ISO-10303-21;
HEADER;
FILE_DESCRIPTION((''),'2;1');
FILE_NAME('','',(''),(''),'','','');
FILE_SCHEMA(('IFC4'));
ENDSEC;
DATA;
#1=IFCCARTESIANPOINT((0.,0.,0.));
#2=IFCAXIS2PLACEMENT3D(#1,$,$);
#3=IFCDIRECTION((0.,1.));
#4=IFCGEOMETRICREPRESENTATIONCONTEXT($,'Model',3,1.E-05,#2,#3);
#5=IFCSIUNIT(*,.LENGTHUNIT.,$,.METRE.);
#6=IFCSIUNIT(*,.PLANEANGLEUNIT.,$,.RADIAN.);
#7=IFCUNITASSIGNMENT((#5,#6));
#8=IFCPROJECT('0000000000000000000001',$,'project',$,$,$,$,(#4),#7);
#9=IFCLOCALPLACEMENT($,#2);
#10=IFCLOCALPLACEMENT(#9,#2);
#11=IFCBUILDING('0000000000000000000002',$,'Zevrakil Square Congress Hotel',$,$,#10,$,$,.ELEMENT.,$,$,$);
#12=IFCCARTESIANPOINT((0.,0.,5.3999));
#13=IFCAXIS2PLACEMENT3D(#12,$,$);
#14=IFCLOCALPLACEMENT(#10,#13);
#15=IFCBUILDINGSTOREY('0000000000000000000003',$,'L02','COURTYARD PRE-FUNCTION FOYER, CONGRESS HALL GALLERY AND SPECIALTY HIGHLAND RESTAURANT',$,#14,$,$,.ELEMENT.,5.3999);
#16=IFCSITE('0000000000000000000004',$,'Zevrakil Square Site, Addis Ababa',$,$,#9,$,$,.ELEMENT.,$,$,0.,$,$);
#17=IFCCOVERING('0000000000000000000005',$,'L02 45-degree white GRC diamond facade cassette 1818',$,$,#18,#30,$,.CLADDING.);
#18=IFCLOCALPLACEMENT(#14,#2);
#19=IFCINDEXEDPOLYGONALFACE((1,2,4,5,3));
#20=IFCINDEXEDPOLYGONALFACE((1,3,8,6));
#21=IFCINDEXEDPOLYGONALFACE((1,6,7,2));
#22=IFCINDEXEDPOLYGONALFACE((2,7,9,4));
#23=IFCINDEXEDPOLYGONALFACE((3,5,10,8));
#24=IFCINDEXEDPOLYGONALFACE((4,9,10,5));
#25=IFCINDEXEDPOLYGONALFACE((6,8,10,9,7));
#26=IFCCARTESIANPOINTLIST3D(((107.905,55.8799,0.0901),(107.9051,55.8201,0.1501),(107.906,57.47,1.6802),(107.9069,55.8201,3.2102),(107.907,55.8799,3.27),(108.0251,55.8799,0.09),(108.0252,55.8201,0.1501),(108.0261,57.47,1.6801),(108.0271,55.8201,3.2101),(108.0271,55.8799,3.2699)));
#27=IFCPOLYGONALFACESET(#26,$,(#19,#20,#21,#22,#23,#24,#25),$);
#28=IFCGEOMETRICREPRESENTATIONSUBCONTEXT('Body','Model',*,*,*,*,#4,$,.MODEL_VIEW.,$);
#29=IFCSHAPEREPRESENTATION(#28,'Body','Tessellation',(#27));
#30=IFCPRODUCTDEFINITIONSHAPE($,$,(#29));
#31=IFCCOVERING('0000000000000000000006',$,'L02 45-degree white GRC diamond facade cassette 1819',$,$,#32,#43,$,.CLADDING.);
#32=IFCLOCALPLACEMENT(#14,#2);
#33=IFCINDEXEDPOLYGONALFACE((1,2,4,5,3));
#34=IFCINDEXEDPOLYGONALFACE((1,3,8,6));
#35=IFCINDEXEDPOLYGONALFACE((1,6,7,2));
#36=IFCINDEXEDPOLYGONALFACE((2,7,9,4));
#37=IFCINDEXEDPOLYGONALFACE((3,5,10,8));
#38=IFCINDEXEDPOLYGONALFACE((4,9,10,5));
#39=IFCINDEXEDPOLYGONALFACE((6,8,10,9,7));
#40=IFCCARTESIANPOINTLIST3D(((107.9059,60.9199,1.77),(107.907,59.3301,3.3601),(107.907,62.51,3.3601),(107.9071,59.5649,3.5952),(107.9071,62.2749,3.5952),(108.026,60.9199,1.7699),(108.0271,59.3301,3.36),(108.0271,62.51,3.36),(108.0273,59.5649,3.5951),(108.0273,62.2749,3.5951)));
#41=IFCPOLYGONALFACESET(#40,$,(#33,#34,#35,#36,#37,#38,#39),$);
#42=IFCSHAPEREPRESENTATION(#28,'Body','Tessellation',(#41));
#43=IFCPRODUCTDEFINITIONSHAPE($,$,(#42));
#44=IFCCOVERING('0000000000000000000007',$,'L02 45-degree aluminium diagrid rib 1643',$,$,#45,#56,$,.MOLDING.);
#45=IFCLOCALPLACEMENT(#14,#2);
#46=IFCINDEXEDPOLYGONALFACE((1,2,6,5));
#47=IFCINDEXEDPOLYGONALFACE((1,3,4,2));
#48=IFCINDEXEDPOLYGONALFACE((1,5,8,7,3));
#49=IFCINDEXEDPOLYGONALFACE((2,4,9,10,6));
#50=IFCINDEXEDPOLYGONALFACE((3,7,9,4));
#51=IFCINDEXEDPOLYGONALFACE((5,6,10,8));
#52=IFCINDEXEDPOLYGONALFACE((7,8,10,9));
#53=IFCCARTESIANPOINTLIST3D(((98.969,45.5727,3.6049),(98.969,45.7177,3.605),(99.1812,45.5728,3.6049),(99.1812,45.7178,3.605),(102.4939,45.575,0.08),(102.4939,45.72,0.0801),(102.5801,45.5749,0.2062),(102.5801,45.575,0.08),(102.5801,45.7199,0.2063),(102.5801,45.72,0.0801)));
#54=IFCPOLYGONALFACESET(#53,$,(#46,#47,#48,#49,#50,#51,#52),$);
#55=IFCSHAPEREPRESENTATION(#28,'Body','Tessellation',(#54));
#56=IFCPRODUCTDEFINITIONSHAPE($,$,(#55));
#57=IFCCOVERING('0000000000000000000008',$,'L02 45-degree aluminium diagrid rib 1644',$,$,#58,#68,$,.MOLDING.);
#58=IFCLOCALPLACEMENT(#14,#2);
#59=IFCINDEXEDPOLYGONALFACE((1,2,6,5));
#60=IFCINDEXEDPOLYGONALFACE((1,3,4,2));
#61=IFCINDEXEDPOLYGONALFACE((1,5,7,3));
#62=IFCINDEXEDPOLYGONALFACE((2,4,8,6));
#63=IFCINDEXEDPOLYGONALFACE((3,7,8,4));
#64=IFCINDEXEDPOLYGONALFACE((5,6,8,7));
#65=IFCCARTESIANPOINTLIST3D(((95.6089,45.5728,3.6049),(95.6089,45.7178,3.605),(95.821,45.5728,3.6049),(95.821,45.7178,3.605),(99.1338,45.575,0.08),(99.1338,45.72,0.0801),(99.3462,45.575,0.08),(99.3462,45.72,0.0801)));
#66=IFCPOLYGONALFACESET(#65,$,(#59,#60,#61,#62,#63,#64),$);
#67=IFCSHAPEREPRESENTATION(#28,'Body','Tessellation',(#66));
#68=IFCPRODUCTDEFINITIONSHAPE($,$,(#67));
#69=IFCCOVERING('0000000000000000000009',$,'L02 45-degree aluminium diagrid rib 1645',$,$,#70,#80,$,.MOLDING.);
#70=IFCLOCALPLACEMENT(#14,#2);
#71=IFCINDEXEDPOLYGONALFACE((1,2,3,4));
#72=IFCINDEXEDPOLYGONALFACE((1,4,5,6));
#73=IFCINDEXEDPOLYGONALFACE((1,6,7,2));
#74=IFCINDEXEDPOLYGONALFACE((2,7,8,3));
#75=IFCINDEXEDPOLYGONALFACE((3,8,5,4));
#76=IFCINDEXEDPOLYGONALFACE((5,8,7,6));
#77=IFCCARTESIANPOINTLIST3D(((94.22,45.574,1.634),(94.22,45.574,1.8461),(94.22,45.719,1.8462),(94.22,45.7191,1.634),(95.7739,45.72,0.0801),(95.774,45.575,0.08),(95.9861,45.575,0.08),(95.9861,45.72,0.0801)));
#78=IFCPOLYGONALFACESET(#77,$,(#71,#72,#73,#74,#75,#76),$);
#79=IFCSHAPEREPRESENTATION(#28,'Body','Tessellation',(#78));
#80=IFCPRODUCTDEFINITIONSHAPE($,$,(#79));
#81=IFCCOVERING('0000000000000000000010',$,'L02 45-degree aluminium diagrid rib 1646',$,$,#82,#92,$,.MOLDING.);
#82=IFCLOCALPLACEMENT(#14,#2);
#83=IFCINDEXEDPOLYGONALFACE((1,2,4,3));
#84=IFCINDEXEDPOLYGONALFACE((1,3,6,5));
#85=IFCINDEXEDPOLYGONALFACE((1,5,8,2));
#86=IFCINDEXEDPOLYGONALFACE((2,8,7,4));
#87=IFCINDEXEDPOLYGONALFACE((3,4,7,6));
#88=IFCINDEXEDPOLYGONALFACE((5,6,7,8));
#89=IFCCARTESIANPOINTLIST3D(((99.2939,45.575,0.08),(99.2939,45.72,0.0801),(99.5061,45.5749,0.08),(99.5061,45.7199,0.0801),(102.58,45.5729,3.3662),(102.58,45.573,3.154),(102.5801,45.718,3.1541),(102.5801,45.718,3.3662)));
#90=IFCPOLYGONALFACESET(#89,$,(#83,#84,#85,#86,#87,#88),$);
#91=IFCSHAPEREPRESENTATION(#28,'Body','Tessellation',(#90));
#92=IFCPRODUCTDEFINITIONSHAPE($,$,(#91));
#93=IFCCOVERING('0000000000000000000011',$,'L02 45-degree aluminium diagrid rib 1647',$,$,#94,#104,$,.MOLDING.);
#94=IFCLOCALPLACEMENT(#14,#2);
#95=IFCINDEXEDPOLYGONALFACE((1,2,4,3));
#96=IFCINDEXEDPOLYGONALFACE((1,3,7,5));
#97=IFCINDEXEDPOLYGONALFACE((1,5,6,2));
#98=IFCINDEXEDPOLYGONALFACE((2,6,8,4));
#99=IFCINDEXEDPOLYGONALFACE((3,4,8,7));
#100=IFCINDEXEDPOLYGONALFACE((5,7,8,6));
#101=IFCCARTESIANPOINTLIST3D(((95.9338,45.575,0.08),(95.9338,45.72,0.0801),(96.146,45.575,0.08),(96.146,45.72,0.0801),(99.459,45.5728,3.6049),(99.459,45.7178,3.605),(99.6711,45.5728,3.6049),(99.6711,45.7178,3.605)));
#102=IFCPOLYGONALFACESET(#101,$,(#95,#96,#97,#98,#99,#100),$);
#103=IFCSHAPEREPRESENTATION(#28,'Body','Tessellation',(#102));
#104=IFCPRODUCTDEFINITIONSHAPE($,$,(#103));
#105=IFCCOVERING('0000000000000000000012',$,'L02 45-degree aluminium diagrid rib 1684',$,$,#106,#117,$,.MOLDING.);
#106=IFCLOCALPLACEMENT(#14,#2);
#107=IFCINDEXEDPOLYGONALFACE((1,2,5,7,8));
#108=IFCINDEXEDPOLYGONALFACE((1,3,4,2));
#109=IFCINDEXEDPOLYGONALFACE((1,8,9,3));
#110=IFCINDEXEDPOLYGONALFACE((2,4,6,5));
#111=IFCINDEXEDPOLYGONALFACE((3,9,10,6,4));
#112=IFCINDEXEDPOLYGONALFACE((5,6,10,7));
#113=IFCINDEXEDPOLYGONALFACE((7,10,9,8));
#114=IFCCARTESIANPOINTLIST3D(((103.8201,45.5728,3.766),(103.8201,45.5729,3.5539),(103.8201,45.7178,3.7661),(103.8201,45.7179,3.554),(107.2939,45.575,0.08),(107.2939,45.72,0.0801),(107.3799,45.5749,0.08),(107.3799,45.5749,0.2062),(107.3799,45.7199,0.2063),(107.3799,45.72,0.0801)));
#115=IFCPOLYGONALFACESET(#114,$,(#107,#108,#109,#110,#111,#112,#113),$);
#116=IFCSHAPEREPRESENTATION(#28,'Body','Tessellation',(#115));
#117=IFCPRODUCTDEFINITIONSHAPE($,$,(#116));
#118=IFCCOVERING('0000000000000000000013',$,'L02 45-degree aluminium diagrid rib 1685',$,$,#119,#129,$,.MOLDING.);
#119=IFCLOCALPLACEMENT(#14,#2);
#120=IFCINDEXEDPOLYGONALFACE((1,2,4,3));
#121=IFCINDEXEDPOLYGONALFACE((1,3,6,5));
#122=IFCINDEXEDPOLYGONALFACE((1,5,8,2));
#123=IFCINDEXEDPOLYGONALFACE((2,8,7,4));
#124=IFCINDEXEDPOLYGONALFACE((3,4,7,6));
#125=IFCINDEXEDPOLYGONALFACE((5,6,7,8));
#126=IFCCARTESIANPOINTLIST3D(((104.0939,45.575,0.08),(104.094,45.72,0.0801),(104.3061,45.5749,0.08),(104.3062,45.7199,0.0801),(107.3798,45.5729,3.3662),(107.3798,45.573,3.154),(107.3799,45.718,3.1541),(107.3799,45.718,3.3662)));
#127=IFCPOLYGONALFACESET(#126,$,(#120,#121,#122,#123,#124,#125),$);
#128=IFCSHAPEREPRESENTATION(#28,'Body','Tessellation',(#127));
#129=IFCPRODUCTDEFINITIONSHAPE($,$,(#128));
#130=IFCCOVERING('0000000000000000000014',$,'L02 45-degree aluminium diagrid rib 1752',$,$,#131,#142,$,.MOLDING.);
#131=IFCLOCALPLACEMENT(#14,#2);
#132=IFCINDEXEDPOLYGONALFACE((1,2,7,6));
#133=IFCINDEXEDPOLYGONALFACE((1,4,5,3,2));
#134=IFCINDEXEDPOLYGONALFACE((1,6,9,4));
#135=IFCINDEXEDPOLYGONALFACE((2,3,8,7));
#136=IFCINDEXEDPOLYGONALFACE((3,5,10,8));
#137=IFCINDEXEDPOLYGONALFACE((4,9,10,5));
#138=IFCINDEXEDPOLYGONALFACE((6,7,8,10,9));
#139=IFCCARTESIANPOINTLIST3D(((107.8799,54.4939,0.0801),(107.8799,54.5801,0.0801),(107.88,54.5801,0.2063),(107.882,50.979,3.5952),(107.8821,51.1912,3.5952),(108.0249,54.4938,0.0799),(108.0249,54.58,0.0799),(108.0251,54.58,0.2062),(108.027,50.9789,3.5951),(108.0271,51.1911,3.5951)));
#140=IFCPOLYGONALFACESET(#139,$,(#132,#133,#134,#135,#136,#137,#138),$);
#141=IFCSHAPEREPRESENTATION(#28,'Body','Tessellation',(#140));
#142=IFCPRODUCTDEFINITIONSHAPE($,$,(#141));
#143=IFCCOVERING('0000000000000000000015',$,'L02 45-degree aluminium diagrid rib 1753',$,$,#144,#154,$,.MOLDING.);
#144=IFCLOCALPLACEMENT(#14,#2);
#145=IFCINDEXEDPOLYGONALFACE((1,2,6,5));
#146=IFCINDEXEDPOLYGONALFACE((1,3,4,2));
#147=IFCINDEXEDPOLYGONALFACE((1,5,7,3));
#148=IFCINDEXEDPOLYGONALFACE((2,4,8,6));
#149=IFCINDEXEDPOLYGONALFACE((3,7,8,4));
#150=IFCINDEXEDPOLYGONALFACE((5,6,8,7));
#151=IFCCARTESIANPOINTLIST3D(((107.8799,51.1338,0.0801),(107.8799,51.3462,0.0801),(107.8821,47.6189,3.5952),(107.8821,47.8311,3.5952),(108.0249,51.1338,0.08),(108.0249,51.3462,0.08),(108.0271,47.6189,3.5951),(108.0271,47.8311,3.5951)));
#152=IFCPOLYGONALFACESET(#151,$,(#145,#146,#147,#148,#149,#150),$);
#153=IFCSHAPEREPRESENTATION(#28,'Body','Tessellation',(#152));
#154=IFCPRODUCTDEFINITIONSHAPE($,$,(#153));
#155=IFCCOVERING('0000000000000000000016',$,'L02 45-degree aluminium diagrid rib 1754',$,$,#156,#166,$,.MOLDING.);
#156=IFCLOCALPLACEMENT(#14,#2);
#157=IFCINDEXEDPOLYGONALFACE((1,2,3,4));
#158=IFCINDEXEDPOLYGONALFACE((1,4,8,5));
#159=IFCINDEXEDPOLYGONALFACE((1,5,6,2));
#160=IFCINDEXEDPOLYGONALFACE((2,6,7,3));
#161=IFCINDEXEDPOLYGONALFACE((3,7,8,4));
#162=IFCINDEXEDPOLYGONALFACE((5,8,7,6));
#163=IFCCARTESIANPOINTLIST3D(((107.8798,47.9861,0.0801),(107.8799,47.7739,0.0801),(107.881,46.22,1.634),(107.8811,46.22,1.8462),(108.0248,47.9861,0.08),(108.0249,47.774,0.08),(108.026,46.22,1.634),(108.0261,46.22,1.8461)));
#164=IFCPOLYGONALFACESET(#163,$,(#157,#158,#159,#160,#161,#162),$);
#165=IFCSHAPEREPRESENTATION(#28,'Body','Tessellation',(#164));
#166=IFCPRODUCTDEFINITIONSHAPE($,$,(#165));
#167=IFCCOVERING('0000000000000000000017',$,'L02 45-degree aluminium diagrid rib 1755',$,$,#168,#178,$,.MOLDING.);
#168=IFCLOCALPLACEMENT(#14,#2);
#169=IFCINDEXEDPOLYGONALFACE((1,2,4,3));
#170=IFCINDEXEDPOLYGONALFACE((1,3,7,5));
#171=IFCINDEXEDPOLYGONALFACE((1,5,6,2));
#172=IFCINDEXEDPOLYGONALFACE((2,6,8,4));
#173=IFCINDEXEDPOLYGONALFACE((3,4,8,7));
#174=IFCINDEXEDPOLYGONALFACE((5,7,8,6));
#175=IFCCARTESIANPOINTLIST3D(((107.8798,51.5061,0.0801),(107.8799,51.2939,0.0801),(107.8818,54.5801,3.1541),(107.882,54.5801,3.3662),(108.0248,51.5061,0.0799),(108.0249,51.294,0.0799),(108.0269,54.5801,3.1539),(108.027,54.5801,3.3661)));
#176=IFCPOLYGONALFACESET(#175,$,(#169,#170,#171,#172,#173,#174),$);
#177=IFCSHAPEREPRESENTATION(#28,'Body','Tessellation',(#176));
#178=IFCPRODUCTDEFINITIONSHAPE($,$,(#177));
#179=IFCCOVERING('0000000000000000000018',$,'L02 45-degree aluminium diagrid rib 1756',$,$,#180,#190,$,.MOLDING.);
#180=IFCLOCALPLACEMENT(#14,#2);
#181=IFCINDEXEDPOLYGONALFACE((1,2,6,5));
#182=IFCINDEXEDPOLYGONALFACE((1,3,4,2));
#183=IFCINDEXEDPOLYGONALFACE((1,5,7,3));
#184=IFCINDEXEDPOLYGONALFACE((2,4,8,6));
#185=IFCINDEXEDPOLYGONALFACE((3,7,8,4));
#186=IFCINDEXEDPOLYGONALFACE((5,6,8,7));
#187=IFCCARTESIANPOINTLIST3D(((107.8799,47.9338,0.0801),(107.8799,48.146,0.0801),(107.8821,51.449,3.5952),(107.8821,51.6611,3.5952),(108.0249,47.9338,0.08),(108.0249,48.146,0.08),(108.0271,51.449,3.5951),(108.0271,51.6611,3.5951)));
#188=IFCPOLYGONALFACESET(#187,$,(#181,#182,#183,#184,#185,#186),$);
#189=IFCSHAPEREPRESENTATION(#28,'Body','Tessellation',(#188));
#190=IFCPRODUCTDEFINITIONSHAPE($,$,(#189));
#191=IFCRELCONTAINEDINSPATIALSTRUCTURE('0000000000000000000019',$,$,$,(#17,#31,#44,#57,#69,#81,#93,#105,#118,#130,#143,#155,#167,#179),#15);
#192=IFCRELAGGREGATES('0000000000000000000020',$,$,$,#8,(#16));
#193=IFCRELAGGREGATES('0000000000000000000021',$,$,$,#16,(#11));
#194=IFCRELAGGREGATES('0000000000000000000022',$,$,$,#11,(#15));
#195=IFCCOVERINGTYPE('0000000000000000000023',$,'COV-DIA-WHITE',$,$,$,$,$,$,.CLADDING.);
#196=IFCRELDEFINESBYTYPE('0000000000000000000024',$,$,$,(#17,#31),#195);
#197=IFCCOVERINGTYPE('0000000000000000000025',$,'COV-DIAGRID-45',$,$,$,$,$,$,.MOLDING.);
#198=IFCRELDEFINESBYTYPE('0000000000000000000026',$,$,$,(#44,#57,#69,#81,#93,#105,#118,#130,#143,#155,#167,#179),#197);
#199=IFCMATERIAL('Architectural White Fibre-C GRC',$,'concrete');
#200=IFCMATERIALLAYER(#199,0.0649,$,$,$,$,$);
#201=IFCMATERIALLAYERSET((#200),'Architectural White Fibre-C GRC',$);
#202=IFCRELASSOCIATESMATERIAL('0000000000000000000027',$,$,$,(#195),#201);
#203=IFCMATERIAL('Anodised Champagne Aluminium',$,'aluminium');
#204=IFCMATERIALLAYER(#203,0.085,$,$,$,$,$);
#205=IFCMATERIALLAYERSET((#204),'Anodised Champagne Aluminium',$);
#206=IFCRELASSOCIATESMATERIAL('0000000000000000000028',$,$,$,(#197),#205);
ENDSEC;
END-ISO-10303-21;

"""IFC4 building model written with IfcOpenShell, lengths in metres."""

from ifc_helpers import new_model, si_unit, direction, frame, origin, place, context, subcontext, project, spatial, polyline, outline, extrude, material, layer, layer_set, type_object, element, save


model = new_model("IFC4")

# Units and contexts
model_context = context("Model", 3, precision=1e-05, world=origin(), true_north=direction((0.0, 1.0)))
body_context = subcontext(model_context, "Body", "Model", "MODEL_VIEW")
ifc_project = project(units=[si_unit("LENGTHUNIT", "METRE"), si_unit("PLANEANGLEUNIT", "RADIAN")], contexts=[model_context])

# Site, building, storey
site_placement = place(None, origin())
site = spatial("IfcSite", under=ifc_project, at=site_placement, Name="Zevrakil Square Site, Addis Ababa", CompositionType="ELEMENT", RefElevation=0.0)
building_placement = place(site_placement, origin())
building = spatial("IfcBuilding", under=site, at=building_placement, Name="Zevrakil Square Congress Hotel", CompositionType="ELEMENT")
storey_placement = place(building_placement, frame((0.0, 0.0, 5.3999)))
storey = spatial("IfcBuildingStorey", under=building, at=storey_placement, Name="L02", Description="COURTYARD PRE-FUNCTION FOYER, CONGRESS HALL GALLERY AND SPECIALTY HIGHLAND RESTAURANT", CompositionType="ELEMENT", Elevation=5.3999)

# Coverings
ifc_material_1 = material(Name="Architectural White Fibre-C GRC", Category="concrete")
ifc_layer_1 = layer(ifc_material_1, 0.0649)
ifc_layer_set_1 = layer_set([ifc_layer_1], Name="Architectural White Fibre-C GRC")
covering_type_1 = type_object("IfcCoveringType", Name="COV-DIA-WHITE", PredefinedType="CLADDING", material=ifc_layer_set_1)
covering_1_placement = place(storey_placement, frame((107.905, 55.8799, 0.0901), z_axis=(-1.0, 0.0, 0.000615), x_axis=(0.000435, 0.707107, 0.707107)))
element("IfcCovering", 1, at=covering_1_placement, inside=storey, type_object=covering_type_1, Name="L02 45-degree white GRC diamond facade cassette 1818", PredefinedType="CLADDING", context=body_context, shape_type="SweptSolid", body=[
    extrude(outline(polyline([(0.0, 0.0), (2.2487, 0.0), (2.2486, -2.2486), (2.164, -2.2486), (0.0002, -0.0848), (0.0, 0.0)])), origin(), (0.0, 0.0, -1.0), 0.1201),
])
covering_2_placement = place(storey_placement, frame((107.907, 59.3301, 3.3601), z_axis=(-1.0, 0.0, 0.000705), x_axis=(-0.000499, 0.707052, -0.707161)))
element("IfcCovering", 2, at=covering_2_placement, inside=storey, type_object=covering_type_1, Name="L02 45-degree white GRC diamond facade cassette 1819", PredefinedType="CLADDING", context=body_context, shape_type="SweptSolid", body=[
    extrude(outline(polyline([(0.0, 0.0), (2.2486, 0.0), (2.2484, -2.2487), (1.9159, -2.2487), (-0.0002, -0.3323), (0.0, 0.0)])), origin(), (0.0, 0.0, -1.0), 0.1201),
])
ifc_material_2 = material(Name="Anodised Champagne Aluminium", Category="aluminium")
ifc_layer_2 = layer(ifc_material_2, 0.085)
ifc_layer_set_2 = layer_set([ifc_layer_2], Name="Anodised Champagne Aluminium")
covering_type_2 = type_object("IfcCoveringType", Name="COV-DIAGRID-45", PredefinedType="MOLDING", material=ifc_layer_set_2)
covering_3_placement = place(storey_placement, frame((102.4939, 45.72, 0.0801), z_axis=(-0.000187, 1.0, 0.000443), x_axis=(1.0, 0.000187, 0.0)))
element("IfcCovering", 3, at=covering_3_placement, inside=storey, type_object=covering_type_2, Name="L02 45-degree aluminium diagrid rib 1643", PredefinedType="MOLDING", context=body_context, shape_type="SweptSolid", body=[
    extrude(outline(polyline([(0.0, 0.0), (0.0862, 0.0), (0.0862, -0.1262), (-3.3127, -3.5249), (-3.5249, -3.5249), (0.0, 0.0)])), origin(), (0.0, 0.0, -1.0), 0.145),
])
covering_4_placement = place(storey_placement, frame((99.1338, 45.72, 0.0801), z_axis=(0.0, 1.0, 0.000623), x_axis=(1.0, 0.0, 0.0)))
element("IfcCovering", 4, at=covering_4_placement, inside=storey, type_object=covering_type_2, Name="L02 45-degree aluminium diagrid rib 1644", PredefinedType="MOLDING", context=body_context, shape_type="SweptSolid", body=[
    extrude(outline(polyline([(0.0, 0.0), (0.2124, 0.0), (-3.3127, -3.5249), (-3.5249, -3.5249), (0.0, 0.0)])), origin(), (0.0, 0.0, -1.0), 0.145),
])
covering_5_placement = place(storey_placement, frame((95.7739, 45.72, 0.0801), z_axis=(-0.000294, 1.0, 0.000294), x_axis=(1.0, 0.000294, 0.0)))
element("IfcCovering", 5, at=covering_5_placement, inside=storey, type_object=covering_type_2, Name="L02 45-degree aluminium diagrid rib 1645", PredefinedType="MOLDING", context=body_context, shape_type="SweptSolid", body=[
    extrude(outline(polyline([(0.0, 0.0), (0.2122, 0.0), (-1.554, -1.7661), (-1.554, -1.554), (0.0, 0.0)])), origin(), (0.0, 0.0, -1.0), 0.145),
])
covering_6_placement = place(storey_placement, frame((102.5801, 45.718, 3.1541), z_axis=(0.000307, 1.0, 0.000307), x_axis=(0.0, -0.000307, 1.0)))
element("IfcCovering", 6, at=covering_6_placement, inside=storey, type_object=covering_type_2, Name="L02 45-degree aluminium diagrid rib 1646", PredefinedType="MOLDING", context=body_context, shape_type="SweptSolid", body=[
    extrude(outline(polyline([(0.0, 0.0), (0.2122, 0.0), (-3.074, -3.2861), (-3.074, -3.074), (0.0, 0.0)])), origin(), (0.0, 0.0, -1.0), 0.145),
])
covering_7_placement = place(storey_placement, frame((99.6711, 45.7178, 3.605), z_axis=(0.0, 1.0, 0.000623), x_axis=(-1.0, 0.0, 0.0)))
element("IfcCovering", 7, at=covering_7_placement, inside=storey, type_object=covering_type_2, Name="L02 45-degree aluminium diagrid rib 1647", PredefinedType="MOLDING", context=body_context, shape_type="SweptSolid", body=[
    extrude(outline(polyline([(0.0, 0.0), (0.2122, 0.0), (3.7373, -3.5249), (3.5251, -3.5249), (0.0, 0.0)])), origin(), (0.0, 0.0, -1.0), 0.145),
])
covering_8_placement = place(storey_placement, frame((107.2939, 45.72, 0.0801), z_axis=(0.000104, 1.0, 0.00069), x_axis=(1.0, -0.000104, 0.0)))
element("IfcCovering", 8, at=covering_8_placement, inside=storey, type_object=covering_type_2, Name="L02 45-degree aluminium diagrid rib 1684", PredefinedType="MOLDING", context=body_context, shape_type="SweptSolid", body=[
    extrude(outline(polyline([(0.0, 0.0), (0.0859, 0.0), (0.0859, -0.1262), (-3.4739, -3.686), (-3.4739, -3.4739), (0.0, 0.0)])), origin(), (0.0, 0.0, -1.0), 0.145),
])
covering_9_placement = place(storey_placement, frame((107.3799, 45.718, 3.1541), z_axis=(0.000307, 1.0, 0.000307), x_axis=(0.0, -0.000307, 1.0)))
element("IfcCovering", 9, at=covering_9_placement, inside=storey, type_object=covering_type_2, Name="L02 45-degree aluminium diagrid rib 1685", PredefinedType="MOLDING", context=body_context, shape_type="SweptSolid", body=[
    extrude(outline(polyline([(0.0, 0.0), (0.2122, 0.0), (-3.074, -3.2859), (-3.074, -3.0737), (0.0, 0.0)])), origin(), (0.0, 0.0, -1.0), 0.145),
])
covering_10_placement = place(storey_placement, frame((107.8799, 54.4939, 0.0801), z_axis=(-0.999999, 0.000393, 0.001004), x_axis=(0.000393, 1.0, 0.0)))
element("IfcCovering", 10, at=covering_10_placement, inside=storey, type_object=covering_type_2, Name="L02 45-degree aluminium diagrid rib 1752", PredefinedType="MOLDING", context=body_context, shape_type="SweptSolid", body=[
    extrude(outline(polyline([(0.0, 0.0), (0.0862, 0.0), (0.0862, -0.1262), (-3.3027, -3.5151), (-3.5149, -3.5151), (0.0, 0.0)])), origin(), (0.0, 0.0, -1.0), 0.145),
])
covering_11_placement = place(storey_placement, frame((107.8799, 51.1338, 0.0801), z_axis=(-1.0, 0.0, 0.000625), x_axis=(0.0, 1.0, 0.0)))
element("IfcCovering", 11, at=covering_11_placement, inside=storey, type_object=covering_type_2, Name="L02 45-degree aluminium diagrid rib 1753", PredefinedType="MOLDING", context=body_context, shape_type="SweptSolid", body=[
    extrude(outline(polyline([(0.0, 0.0), (0.2124, 0.0), (-3.3027, -3.5151), (-3.5149, -3.5151), (0.0, 0.0)])), origin(), (0.0, 0.0, -1.0), 0.145),
])
covering_12_placement = place(storey_placement, frame((107.8799, 47.7739, 0.0801), z_axis=(-1.0, -0.000368, 0.000368), x_axis=(-0.000368, 1.0, 0.0)))
element("IfcCovering", 12, at=covering_12_placement, inside=storey, type_object=covering_type_2, Name="L02 45-degree aluminium diagrid rib 1754", PredefinedType="MOLDING", context=body_context, shape_type="SweptSolid", body=[
    extrude(outline(polyline([(0.0, 0.0), (0.2122, 0.0), (-1.554, -1.7661), (-1.554, -1.554), (0.0, 0.0)])), origin(), (0.0, 0.0, -1.0), 0.145),
])
covering_13_placement = place(storey_placement, frame((107.8818, 54.5801, 3.1541), z_axis=(-1.0, -0.000249, 0.000902), x_axis=(0.000902, 0.0, 1.0)))
element("IfcCovering", 13, at=covering_13_placement, inside=storey, type_object=covering_type_2, Name="L02 45-degree aluminium diagrid rib 1755", PredefinedType="MOLDING", context=body_context, shape_type="SweptSolid", body=[
    extrude(outline(polyline([(0.0, 0.0), (0.2122, 0.0), (-3.074, -3.2861), (-3.074, -3.074), (0.0, 0.0)])), origin(), (0.0, 0.0, -1.0), 0.145),
])
covering_14_placement = place(storey_placement, frame((107.8821, 51.6611, 3.5952), z_axis=(-1.0, 0.0, 0.000625), x_axis=(0.0, -1.0, 0.0)))
element("IfcCovering", 14, at=covering_14_placement, inside=storey, type_object=covering_type_2, Name="L02 45-degree aluminium diagrid rib 1756", PredefinedType="MOLDING", context=body_context, shape_type="SweptSolid", body=[
    extrude(outline(polyline([(0.0, 0.0), (0.2122, 0.0), (3.7273, -3.5151), (3.5151, -3.5151), (0.0, 0.0)])), origin(), (0.0, 0.0, -1.0), 0.145),
])

save(model, "model.ifc")
